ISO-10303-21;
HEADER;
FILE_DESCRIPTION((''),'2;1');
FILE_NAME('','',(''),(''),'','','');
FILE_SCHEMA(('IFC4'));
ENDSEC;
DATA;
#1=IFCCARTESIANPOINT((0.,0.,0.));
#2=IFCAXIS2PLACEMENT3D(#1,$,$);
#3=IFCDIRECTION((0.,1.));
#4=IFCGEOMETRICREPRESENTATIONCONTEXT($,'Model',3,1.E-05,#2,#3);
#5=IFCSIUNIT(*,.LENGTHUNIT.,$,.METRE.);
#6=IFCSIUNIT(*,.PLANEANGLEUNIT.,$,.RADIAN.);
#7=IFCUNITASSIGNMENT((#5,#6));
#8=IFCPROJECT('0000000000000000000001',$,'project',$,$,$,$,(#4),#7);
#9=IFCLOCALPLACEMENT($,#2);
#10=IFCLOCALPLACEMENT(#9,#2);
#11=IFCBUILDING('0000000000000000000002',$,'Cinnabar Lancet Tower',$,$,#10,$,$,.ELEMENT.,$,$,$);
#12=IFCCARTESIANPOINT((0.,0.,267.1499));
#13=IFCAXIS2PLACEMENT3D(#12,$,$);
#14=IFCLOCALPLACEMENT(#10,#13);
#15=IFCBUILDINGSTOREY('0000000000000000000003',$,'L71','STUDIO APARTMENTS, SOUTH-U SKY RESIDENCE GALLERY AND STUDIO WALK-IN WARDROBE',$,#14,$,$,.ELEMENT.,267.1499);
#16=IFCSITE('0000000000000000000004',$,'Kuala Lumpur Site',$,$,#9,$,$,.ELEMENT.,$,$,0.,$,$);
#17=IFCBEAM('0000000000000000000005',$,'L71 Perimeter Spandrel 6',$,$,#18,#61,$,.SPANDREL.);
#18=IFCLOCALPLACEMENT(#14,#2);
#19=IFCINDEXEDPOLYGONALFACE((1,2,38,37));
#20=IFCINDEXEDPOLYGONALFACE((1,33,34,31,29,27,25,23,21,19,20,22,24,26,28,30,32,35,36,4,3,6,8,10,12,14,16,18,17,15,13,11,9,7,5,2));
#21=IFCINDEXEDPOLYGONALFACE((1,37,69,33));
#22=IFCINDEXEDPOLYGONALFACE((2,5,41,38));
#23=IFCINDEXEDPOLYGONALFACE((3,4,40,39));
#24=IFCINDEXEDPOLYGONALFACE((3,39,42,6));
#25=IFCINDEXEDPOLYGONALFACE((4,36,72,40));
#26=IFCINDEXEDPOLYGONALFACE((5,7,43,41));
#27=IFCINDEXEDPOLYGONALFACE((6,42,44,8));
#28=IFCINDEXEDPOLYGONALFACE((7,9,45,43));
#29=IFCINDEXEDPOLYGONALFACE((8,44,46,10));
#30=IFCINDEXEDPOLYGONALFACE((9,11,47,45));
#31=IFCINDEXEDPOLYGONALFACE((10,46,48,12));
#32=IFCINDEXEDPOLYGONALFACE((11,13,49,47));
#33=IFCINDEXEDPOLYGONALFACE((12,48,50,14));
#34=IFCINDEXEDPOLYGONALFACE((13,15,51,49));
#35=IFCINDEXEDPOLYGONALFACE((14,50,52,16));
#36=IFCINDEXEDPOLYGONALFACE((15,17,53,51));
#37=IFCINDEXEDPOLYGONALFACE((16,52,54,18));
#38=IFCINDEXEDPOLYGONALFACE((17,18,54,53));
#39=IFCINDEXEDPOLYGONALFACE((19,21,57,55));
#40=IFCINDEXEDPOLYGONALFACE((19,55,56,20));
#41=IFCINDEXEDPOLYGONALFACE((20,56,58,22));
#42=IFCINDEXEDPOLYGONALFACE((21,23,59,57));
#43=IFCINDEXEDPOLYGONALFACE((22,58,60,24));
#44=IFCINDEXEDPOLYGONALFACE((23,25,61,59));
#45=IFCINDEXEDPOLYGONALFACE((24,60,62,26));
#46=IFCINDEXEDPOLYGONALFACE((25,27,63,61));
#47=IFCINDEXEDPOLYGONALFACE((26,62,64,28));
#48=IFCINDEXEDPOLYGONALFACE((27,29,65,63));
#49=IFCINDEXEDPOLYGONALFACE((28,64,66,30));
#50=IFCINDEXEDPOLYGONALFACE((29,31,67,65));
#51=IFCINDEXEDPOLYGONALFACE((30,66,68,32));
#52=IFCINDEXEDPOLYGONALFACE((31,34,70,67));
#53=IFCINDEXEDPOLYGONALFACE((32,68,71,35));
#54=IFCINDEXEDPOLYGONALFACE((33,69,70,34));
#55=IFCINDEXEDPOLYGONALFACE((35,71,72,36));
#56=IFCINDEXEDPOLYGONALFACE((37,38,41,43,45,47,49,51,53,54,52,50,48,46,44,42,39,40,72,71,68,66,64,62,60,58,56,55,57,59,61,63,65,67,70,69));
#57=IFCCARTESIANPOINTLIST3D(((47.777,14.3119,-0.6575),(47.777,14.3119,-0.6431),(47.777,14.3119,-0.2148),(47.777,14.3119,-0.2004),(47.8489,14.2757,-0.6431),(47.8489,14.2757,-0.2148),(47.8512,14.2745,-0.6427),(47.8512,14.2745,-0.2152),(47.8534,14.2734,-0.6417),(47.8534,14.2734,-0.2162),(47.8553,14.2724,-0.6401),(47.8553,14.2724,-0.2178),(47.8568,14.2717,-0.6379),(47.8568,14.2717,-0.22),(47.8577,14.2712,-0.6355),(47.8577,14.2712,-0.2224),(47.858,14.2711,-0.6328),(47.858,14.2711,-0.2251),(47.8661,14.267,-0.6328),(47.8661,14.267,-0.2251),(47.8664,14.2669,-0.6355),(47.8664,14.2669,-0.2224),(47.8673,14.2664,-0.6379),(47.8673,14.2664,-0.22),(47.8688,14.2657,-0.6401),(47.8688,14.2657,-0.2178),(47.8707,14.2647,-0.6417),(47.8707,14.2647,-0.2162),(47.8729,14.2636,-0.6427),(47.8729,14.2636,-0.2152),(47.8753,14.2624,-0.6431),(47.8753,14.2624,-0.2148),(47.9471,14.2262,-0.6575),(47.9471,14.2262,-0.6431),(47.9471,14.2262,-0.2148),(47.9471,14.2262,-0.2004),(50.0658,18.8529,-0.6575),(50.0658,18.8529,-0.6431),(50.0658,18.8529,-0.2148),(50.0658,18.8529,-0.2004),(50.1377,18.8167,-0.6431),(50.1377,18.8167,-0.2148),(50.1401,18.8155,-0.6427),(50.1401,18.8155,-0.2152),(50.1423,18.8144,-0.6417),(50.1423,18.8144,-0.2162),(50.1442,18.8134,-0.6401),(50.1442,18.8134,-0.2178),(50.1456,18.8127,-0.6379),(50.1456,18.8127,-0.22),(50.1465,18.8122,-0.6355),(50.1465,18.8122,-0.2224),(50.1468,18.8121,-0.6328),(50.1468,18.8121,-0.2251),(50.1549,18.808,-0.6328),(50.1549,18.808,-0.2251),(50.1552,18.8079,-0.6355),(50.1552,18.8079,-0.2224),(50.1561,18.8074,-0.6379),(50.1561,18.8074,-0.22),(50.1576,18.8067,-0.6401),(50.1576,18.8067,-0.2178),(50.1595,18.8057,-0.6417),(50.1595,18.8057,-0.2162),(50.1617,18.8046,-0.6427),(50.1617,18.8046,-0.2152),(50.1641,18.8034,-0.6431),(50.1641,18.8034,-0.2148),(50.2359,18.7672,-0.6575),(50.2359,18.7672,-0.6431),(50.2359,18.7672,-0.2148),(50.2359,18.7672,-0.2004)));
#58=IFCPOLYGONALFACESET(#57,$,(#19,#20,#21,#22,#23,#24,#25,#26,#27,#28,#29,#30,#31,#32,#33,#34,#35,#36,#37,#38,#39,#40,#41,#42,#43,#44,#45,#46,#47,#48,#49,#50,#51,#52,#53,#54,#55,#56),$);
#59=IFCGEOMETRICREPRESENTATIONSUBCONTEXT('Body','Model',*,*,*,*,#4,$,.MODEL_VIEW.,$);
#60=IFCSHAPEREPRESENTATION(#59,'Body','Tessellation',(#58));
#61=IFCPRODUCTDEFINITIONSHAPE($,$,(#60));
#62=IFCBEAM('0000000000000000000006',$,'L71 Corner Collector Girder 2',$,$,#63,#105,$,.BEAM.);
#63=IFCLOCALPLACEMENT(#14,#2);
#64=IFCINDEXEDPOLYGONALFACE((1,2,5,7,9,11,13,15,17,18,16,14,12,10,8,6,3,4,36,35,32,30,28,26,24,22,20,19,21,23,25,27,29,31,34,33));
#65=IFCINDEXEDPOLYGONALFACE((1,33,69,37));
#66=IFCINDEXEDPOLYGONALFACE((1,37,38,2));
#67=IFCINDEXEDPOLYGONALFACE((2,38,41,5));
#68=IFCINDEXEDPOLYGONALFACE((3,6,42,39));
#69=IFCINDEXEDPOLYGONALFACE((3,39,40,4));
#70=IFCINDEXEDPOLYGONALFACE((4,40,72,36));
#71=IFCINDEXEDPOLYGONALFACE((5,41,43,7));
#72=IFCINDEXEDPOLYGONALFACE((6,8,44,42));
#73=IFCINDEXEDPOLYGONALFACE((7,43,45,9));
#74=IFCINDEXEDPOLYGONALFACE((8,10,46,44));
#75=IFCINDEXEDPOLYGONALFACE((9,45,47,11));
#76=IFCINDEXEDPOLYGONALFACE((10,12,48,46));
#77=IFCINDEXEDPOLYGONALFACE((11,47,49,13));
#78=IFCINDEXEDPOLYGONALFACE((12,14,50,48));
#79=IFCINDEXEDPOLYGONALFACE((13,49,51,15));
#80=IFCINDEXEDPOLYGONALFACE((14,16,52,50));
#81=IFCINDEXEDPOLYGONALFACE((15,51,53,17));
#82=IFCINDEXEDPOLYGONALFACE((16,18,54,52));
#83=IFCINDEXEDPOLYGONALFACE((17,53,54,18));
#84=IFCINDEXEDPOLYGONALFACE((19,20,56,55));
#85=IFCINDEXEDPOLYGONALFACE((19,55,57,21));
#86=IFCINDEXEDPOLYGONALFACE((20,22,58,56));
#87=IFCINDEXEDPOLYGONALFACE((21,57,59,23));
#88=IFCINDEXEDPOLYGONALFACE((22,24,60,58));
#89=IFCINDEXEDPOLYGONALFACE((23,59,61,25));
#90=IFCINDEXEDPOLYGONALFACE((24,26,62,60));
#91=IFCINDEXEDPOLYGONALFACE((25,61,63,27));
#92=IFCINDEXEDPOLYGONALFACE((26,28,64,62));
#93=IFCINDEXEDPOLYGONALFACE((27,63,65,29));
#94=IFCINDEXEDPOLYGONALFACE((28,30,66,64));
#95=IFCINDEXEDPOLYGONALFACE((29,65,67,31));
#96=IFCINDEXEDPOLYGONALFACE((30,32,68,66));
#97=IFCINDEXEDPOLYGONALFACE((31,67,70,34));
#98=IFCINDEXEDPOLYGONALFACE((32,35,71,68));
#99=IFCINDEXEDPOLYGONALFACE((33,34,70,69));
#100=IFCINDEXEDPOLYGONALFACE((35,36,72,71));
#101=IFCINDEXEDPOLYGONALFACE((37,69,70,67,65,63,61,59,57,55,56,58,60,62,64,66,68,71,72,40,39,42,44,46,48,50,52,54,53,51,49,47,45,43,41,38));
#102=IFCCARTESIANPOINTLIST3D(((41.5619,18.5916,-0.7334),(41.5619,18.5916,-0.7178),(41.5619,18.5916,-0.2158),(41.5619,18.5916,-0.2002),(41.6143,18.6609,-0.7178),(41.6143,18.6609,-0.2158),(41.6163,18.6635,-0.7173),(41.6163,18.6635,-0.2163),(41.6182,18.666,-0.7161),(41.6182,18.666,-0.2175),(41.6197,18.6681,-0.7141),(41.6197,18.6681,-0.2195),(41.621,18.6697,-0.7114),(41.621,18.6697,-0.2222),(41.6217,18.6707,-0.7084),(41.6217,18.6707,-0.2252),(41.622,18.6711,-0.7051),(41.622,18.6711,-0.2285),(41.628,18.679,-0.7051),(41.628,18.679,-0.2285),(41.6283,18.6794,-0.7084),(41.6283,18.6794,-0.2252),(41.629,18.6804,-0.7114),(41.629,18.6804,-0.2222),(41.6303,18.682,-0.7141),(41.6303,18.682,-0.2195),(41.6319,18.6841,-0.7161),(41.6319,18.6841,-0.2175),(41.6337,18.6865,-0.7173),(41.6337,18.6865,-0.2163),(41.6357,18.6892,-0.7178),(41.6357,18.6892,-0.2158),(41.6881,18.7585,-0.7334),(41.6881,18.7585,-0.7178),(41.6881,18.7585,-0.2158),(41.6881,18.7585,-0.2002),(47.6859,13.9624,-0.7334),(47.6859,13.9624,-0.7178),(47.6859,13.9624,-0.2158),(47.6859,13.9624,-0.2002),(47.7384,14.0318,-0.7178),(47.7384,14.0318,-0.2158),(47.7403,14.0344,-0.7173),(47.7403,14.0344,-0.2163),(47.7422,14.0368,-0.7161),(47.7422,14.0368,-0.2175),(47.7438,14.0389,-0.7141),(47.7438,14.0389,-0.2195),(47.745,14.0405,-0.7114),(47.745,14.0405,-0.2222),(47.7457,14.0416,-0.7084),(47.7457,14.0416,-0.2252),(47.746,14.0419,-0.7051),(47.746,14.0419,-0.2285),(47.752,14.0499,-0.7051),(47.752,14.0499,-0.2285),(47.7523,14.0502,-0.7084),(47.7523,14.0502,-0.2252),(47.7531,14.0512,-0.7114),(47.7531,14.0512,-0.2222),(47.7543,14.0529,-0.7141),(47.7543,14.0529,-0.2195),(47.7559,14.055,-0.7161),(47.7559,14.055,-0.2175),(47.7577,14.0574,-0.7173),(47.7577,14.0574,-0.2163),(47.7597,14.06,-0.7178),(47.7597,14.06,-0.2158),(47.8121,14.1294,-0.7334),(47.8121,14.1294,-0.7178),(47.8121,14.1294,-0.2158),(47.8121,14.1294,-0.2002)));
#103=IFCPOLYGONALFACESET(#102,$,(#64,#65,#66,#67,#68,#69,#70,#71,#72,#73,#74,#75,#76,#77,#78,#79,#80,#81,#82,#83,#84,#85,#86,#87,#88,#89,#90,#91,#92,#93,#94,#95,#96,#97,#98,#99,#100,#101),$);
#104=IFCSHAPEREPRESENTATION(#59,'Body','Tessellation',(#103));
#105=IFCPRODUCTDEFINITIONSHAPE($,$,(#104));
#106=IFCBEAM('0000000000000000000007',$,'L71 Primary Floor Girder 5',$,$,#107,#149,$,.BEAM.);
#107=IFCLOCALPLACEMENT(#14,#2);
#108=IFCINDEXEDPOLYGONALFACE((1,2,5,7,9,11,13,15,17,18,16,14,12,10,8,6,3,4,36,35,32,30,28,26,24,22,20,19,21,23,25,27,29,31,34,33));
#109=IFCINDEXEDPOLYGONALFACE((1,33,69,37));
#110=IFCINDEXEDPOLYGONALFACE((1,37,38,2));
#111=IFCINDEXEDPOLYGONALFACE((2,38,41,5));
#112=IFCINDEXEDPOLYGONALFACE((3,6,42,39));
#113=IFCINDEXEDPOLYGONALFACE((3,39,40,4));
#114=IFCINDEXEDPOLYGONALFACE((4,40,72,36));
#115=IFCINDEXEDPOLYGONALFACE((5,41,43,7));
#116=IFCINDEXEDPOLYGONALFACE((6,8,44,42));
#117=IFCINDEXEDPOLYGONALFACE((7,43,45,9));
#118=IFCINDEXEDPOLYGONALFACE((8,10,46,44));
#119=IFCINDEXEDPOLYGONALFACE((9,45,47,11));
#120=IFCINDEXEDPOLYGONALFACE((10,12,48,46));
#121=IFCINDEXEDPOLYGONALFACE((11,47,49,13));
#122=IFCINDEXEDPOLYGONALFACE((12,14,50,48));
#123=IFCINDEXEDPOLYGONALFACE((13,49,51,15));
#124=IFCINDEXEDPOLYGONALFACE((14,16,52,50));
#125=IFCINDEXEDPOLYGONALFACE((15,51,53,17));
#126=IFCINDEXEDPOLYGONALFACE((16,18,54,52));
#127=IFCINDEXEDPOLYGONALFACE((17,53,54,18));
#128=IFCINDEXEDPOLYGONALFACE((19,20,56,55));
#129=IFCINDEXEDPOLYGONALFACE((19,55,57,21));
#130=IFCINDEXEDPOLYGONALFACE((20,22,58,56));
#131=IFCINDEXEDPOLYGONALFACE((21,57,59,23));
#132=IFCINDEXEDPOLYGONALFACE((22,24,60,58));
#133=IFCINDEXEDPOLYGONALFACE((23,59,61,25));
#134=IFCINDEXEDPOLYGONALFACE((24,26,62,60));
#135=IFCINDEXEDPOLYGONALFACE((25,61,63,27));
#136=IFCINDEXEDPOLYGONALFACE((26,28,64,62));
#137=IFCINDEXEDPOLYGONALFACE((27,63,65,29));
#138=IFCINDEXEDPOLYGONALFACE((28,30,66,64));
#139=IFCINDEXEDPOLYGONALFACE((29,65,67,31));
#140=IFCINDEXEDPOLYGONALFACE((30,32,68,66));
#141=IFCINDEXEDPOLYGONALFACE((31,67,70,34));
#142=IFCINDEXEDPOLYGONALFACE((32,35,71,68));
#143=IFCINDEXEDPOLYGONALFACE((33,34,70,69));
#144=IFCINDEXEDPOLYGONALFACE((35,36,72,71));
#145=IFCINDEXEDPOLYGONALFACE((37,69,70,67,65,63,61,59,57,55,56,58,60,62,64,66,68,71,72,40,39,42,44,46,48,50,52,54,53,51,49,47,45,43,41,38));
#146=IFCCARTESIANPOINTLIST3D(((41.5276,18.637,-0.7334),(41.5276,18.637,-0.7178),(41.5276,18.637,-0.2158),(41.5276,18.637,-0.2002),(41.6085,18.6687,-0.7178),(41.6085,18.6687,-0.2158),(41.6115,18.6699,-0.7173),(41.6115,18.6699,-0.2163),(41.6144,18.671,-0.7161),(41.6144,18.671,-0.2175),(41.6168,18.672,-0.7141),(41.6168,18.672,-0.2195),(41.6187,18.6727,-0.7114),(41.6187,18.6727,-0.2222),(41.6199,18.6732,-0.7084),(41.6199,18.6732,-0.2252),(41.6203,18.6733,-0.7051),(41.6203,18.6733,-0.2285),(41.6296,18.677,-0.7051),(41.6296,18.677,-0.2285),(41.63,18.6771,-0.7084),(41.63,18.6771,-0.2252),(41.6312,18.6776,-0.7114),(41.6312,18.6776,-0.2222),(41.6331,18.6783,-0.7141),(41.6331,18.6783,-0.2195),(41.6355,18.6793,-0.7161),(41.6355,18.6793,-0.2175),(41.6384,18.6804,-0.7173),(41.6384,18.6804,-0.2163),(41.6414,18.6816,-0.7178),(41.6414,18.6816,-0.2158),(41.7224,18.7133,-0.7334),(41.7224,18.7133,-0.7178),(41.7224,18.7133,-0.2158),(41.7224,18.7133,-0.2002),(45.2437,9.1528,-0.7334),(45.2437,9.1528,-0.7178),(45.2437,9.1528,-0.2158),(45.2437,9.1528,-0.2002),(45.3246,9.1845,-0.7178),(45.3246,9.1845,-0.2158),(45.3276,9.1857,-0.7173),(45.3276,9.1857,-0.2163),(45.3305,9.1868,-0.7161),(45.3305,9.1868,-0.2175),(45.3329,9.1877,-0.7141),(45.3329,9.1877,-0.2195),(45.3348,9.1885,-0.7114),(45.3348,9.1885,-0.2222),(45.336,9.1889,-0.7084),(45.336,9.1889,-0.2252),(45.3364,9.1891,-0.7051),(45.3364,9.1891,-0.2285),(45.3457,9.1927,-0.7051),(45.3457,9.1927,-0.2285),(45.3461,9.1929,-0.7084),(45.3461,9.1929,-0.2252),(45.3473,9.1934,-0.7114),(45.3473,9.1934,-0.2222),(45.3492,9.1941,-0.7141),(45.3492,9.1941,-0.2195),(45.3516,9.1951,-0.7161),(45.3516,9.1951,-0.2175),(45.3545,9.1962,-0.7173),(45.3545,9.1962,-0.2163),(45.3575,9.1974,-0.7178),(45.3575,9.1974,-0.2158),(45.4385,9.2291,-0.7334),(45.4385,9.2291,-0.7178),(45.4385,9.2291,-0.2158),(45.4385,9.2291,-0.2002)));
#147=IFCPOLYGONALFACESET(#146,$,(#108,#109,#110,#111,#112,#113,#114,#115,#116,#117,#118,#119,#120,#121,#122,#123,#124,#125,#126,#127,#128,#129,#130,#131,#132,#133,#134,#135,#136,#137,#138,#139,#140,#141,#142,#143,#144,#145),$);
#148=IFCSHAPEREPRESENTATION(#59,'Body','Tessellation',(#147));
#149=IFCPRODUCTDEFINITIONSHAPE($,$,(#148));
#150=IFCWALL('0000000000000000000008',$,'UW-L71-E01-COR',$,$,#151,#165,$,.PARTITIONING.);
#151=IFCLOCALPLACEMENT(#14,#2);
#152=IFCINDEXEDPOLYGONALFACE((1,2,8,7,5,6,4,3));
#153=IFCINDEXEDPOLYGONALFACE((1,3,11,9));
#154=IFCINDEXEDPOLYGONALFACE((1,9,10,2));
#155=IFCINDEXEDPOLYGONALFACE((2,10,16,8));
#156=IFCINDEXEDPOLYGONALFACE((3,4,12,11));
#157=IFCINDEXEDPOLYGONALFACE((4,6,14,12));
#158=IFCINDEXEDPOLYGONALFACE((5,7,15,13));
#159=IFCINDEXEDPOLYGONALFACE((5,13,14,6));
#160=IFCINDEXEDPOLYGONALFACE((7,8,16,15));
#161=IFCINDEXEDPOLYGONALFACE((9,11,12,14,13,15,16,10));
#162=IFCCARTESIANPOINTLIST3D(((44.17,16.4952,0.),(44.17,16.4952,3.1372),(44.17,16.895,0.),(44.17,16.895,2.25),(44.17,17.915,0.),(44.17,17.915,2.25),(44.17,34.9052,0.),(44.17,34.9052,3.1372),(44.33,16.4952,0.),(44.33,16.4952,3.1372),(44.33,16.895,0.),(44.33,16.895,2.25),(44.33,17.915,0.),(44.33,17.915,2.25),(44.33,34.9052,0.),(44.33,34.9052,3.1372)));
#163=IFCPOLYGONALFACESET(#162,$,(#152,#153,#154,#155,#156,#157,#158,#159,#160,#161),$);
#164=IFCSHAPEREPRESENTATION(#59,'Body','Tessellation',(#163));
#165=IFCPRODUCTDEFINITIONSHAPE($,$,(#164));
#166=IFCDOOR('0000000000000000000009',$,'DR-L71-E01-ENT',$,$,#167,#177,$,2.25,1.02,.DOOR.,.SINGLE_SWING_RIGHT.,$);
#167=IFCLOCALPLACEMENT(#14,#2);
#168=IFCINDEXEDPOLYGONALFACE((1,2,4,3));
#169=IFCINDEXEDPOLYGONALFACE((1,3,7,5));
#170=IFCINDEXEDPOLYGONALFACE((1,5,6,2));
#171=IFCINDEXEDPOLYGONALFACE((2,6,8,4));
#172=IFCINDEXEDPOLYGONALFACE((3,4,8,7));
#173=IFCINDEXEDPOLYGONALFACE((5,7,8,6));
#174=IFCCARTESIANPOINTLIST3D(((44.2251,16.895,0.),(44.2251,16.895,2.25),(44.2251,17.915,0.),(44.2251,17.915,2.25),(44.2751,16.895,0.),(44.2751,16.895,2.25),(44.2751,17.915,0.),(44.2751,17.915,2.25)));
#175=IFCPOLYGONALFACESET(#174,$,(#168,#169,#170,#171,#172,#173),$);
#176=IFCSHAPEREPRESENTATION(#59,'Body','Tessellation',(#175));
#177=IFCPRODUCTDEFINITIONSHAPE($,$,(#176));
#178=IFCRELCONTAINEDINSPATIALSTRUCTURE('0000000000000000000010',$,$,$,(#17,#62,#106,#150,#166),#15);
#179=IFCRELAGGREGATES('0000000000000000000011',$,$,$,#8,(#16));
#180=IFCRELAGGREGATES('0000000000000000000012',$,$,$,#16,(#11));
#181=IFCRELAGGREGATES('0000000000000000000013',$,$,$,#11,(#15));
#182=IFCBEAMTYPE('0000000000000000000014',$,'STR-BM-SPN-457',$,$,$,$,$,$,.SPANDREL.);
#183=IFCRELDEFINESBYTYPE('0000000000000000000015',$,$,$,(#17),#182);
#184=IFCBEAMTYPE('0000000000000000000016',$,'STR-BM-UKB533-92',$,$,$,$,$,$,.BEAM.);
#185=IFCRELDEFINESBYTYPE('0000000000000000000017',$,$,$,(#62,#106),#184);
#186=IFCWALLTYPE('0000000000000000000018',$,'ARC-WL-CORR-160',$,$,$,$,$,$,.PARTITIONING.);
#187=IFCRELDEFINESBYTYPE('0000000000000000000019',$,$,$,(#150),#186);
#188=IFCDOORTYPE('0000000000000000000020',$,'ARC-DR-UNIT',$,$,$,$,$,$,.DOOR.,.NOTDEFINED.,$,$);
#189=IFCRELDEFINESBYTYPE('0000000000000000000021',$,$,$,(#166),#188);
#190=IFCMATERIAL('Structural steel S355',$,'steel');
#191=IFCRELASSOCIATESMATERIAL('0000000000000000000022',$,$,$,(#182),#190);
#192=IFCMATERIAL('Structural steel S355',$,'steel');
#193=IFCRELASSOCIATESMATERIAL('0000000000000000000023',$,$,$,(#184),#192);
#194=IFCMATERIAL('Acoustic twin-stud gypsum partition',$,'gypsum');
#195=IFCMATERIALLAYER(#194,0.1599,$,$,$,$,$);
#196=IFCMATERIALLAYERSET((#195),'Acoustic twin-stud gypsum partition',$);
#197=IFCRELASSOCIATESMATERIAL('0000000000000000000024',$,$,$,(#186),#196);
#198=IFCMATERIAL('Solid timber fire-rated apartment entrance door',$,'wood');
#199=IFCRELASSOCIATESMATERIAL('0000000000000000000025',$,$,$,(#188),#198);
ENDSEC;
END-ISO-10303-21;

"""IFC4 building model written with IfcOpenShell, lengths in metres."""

from ifc_helpers import new_model, si_unit, direction, frame, frame_2d, origin, origin_2d, place, context, subcontext, project, spatial, rectangle, i_section, extrude, material, layer, layer_set, material_profile, profile_set, type_object, element, fill, save


model = new_model("IFC4")

# Units and contexts
model_context = context("Model", 3, precision=1e-05, world=origin(), true_north=direction((0.0, 1.0)))
body_context = subcontext(model_context, "Body", "Model", "MODEL_VIEW")
ifc_project = project(units=[si_unit("LENGTHUNIT", "METRE"), si_unit("PLANEANGLEUNIT", "RADIAN")], contexts=[model_context])

# Site, building, storey
site_placement = place(None, origin())
site = spatial("IfcSite", under=ifc_project, at=site_placement, Name="Kuala Lumpur Site", CompositionType="ELEMENT", RefElevation=0.0)
building_placement = place(site_placement, origin())
building = spatial("IfcBuilding", under=site, at=building_placement, Name="Cinnabar Lancet Tower", CompositionType="ELEMENT")
storey_placement = place(building_placement, frame((0.0, 0.0, 267.1499)))
storey = spatial("IfcBuildingStorey", under=building, at=storey_placement, Name="L71", Description="STUDIO APARTMENTS, SOUTH-U SKY RESIDENCE GALLERY AND STUDIO WALK-IN WARDROBE", CompositionType="ELEMENT", Elevation=267.1499)

# Beams
ifc_material_1 = material(Name="Structural steel S355", Category="steel")
ifc_material_profile_1 = material_profile(ifc_material_1, i_section(OverallWidth=0.1904, OverallDepth=0.457, WebThickness=0.009, FlangeThickness=0.0144, FilletRadius=0.0103, at=origin_2d()), Name="UKB 457x191x74")
ifc_profile_set_1 = profile_set([ifc_material_profile_1], Name="Structural steel S355")
beam_type_1 = type_object("IfcBeamType", Name="STR-BM-SPN-457", PredefinedType="SPANDREL", material=ifc_profile_set_1)
beam_1_placement = place(storey_placement, frame((47.8621, 14.269, -0.429), z_axis=(0.450092, 0.892982, 0.0), x_axis=(-0.892982, 0.450092, 0.0)))
element("IfcBeam", 1, at=beam_1_placement, inside=storey, type_object=beam_type_1, Name="L71 Perimeter Spandrel 6", PredefinedType="SPANDREL", context=body_context, shape_type="SweptSolid", body=[
    extrude(i_section(OverallWidth=0.1904, OverallDepth=0.457, WebThickness=0.009, FlangeThickness=0.0144, FilletRadius=0.0103, at=origin_2d()), origin(), (0.0, 0.0, 1.0), 5.0852),
])
ifc_material_2 = material(Name="Structural steel S355", Category="steel")
ifc_material_profile_2 = material_profile(ifc_material_2, i_section(OverallWidth=0.2092, OverallDepth=0.5332, WebThickness=0.01, FlangeThickness=0.0156, FilletRadius=0.0127, at=origin_2d()), Name="UKB 533x210x92")
ifc_profile_set_2 = profile_set([ifc_material_profile_2], Name="Structural steel S355")
beam_type_2 = type_object("IfcBeamType", Name="STR-BM-UKB533-92", PredefinedType="BEAM", material=ifc_profile_set_2)
beam_2_placement = place(storey_placement, frame((47.749, 14.0459, -0.4668), z_axis=(-0.797735, 0.603008, 0.0), x_axis=(-0.603008, -0.797735, 0.0)))
element("IfcBeam", 2, at=beam_2_placement, inside=storey, type_object=beam_type_2, Name="L71 Corner Collector Girder 2", PredefinedType="BEAM", context=body_context, shape_type="SweptSolid", body=[
    extrude(i_section(OverallWidth=0.2092, OverallDepth=0.5332, WebThickness=0.01, FlangeThickness=0.0156, FilletRadius=0.0127, at=origin_2d()), origin(), (0.0, 0.0, 1.0), 7.6768),
])
beam_3_placement = place(storey_placement, frame((45.3411, 9.1909, -0.4668), z_axis=(-0.364815, 0.93108, 0.0), x_axis=(-0.93108, -0.364815, 0.0)))
element("IfcBeam", 3, at=beam_3_placement, inside=storey, type_object=beam_type_2, Name="L71 Primary Floor Girder 5", PredefinedType="BEAM", context=body_context, shape_type="SweptSolid", body=[
    extrude(i_section(OverallWidth=0.2092, OverallDepth=0.5332, WebThickness=0.01, FlangeThickness=0.0156, FilletRadius=0.0127, at=origin_2d()), origin(), (0.0, 0.0, 1.0), 10.1863),
])

# Wall, opening, door
ifc_material_3 = material(Name="Acoustic twin-stud gypsum partition", Category="gypsum")
ifc_layer_1 = layer(ifc_material_3, 0.1599)
ifc_layer_set_1 = layer_set([ifc_layer_1], Name="Acoustic twin-stud gypsum partition")
wall_type_1 = type_object("IfcWallType", Name="ARC-WL-CORR-160", PredefinedType="PARTITIONING", material=ifc_layer_set_1)
wall_1_placement = place(storey_placement, frame((44.25, 16.4951, 0.0), z_axis=(0.0, 0.0, 1.0), x_axis=(0.0, 1.0, 0.0)))
wall_1 = element("IfcWall", 4, at=wall_1_placement, inside=storey, type_object=wall_type_1, Name="UW-L71-E01-COR", PredefinedType="PARTITIONING", context=body_context, shape_type="SweptSolid", body=[
    extrude(rectangle(XDim=18.4099, YDim=0.1599, at=frame_2d((9.2051, 0.0))), origin(), (0.0, 0.0, 1.0), 3.1372),
])
opening_1_placement = place(wall_1_placement, frame((0.3999, 0.0, 0.0)))
opening_1 = element("IfcOpeningElement", 5, at=opening_1_placement, cuts=wall_1, PredefinedType="OPENING", context=body_context, shape_type="SweptSolid", body=[
    extrude(rectangle(XDim=1.02, YDim=2.25, at=frame_2d((0.51, 1.125))), frame((0.0, 0.0898, 0.0), z_axis=(0.0, -1.0, 0.0), x_axis=(1.0, 0.0, 0.0)), (0.0, 0.0, 1.0), 0.1799),
])
ifc_material_4 = material(Name="Solid timber fire-rated apartment entrance door", Category="wood")
door_type_1 = type_object("IfcDoorType", Name="ARC-DR-UNIT", OperationType="NOTDEFINED", PredefinedType="DOOR", material=ifc_material_4)
door_1_placement = place(opening_1_placement, origin())
door_1 = element("IfcDoor", 6, at=door_1_placement, inside=storey, type_object=door_type_1, Name="DR-L71-E01-ENT", OperationType="SINGLE_SWING_RIGHT", OverallHeight=2.25, OverallWidth=1.02, PredefinedType="DOOR", context=body_context, shape_type="SweptSolid", body=[
    extrude(rectangle(XDim=1.02, YDim=2.25, at=frame_2d((0.51, 1.125))), frame((0.0, 0.0249, 0.0), z_axis=(0.0, -1.0, 0.0), x_axis=(1.0, 0.0, 0.0)), (0.0, 0.0, 1.0), 0.05),
])
fill(opening_1, door_1)

save(model, "model.ifc")
